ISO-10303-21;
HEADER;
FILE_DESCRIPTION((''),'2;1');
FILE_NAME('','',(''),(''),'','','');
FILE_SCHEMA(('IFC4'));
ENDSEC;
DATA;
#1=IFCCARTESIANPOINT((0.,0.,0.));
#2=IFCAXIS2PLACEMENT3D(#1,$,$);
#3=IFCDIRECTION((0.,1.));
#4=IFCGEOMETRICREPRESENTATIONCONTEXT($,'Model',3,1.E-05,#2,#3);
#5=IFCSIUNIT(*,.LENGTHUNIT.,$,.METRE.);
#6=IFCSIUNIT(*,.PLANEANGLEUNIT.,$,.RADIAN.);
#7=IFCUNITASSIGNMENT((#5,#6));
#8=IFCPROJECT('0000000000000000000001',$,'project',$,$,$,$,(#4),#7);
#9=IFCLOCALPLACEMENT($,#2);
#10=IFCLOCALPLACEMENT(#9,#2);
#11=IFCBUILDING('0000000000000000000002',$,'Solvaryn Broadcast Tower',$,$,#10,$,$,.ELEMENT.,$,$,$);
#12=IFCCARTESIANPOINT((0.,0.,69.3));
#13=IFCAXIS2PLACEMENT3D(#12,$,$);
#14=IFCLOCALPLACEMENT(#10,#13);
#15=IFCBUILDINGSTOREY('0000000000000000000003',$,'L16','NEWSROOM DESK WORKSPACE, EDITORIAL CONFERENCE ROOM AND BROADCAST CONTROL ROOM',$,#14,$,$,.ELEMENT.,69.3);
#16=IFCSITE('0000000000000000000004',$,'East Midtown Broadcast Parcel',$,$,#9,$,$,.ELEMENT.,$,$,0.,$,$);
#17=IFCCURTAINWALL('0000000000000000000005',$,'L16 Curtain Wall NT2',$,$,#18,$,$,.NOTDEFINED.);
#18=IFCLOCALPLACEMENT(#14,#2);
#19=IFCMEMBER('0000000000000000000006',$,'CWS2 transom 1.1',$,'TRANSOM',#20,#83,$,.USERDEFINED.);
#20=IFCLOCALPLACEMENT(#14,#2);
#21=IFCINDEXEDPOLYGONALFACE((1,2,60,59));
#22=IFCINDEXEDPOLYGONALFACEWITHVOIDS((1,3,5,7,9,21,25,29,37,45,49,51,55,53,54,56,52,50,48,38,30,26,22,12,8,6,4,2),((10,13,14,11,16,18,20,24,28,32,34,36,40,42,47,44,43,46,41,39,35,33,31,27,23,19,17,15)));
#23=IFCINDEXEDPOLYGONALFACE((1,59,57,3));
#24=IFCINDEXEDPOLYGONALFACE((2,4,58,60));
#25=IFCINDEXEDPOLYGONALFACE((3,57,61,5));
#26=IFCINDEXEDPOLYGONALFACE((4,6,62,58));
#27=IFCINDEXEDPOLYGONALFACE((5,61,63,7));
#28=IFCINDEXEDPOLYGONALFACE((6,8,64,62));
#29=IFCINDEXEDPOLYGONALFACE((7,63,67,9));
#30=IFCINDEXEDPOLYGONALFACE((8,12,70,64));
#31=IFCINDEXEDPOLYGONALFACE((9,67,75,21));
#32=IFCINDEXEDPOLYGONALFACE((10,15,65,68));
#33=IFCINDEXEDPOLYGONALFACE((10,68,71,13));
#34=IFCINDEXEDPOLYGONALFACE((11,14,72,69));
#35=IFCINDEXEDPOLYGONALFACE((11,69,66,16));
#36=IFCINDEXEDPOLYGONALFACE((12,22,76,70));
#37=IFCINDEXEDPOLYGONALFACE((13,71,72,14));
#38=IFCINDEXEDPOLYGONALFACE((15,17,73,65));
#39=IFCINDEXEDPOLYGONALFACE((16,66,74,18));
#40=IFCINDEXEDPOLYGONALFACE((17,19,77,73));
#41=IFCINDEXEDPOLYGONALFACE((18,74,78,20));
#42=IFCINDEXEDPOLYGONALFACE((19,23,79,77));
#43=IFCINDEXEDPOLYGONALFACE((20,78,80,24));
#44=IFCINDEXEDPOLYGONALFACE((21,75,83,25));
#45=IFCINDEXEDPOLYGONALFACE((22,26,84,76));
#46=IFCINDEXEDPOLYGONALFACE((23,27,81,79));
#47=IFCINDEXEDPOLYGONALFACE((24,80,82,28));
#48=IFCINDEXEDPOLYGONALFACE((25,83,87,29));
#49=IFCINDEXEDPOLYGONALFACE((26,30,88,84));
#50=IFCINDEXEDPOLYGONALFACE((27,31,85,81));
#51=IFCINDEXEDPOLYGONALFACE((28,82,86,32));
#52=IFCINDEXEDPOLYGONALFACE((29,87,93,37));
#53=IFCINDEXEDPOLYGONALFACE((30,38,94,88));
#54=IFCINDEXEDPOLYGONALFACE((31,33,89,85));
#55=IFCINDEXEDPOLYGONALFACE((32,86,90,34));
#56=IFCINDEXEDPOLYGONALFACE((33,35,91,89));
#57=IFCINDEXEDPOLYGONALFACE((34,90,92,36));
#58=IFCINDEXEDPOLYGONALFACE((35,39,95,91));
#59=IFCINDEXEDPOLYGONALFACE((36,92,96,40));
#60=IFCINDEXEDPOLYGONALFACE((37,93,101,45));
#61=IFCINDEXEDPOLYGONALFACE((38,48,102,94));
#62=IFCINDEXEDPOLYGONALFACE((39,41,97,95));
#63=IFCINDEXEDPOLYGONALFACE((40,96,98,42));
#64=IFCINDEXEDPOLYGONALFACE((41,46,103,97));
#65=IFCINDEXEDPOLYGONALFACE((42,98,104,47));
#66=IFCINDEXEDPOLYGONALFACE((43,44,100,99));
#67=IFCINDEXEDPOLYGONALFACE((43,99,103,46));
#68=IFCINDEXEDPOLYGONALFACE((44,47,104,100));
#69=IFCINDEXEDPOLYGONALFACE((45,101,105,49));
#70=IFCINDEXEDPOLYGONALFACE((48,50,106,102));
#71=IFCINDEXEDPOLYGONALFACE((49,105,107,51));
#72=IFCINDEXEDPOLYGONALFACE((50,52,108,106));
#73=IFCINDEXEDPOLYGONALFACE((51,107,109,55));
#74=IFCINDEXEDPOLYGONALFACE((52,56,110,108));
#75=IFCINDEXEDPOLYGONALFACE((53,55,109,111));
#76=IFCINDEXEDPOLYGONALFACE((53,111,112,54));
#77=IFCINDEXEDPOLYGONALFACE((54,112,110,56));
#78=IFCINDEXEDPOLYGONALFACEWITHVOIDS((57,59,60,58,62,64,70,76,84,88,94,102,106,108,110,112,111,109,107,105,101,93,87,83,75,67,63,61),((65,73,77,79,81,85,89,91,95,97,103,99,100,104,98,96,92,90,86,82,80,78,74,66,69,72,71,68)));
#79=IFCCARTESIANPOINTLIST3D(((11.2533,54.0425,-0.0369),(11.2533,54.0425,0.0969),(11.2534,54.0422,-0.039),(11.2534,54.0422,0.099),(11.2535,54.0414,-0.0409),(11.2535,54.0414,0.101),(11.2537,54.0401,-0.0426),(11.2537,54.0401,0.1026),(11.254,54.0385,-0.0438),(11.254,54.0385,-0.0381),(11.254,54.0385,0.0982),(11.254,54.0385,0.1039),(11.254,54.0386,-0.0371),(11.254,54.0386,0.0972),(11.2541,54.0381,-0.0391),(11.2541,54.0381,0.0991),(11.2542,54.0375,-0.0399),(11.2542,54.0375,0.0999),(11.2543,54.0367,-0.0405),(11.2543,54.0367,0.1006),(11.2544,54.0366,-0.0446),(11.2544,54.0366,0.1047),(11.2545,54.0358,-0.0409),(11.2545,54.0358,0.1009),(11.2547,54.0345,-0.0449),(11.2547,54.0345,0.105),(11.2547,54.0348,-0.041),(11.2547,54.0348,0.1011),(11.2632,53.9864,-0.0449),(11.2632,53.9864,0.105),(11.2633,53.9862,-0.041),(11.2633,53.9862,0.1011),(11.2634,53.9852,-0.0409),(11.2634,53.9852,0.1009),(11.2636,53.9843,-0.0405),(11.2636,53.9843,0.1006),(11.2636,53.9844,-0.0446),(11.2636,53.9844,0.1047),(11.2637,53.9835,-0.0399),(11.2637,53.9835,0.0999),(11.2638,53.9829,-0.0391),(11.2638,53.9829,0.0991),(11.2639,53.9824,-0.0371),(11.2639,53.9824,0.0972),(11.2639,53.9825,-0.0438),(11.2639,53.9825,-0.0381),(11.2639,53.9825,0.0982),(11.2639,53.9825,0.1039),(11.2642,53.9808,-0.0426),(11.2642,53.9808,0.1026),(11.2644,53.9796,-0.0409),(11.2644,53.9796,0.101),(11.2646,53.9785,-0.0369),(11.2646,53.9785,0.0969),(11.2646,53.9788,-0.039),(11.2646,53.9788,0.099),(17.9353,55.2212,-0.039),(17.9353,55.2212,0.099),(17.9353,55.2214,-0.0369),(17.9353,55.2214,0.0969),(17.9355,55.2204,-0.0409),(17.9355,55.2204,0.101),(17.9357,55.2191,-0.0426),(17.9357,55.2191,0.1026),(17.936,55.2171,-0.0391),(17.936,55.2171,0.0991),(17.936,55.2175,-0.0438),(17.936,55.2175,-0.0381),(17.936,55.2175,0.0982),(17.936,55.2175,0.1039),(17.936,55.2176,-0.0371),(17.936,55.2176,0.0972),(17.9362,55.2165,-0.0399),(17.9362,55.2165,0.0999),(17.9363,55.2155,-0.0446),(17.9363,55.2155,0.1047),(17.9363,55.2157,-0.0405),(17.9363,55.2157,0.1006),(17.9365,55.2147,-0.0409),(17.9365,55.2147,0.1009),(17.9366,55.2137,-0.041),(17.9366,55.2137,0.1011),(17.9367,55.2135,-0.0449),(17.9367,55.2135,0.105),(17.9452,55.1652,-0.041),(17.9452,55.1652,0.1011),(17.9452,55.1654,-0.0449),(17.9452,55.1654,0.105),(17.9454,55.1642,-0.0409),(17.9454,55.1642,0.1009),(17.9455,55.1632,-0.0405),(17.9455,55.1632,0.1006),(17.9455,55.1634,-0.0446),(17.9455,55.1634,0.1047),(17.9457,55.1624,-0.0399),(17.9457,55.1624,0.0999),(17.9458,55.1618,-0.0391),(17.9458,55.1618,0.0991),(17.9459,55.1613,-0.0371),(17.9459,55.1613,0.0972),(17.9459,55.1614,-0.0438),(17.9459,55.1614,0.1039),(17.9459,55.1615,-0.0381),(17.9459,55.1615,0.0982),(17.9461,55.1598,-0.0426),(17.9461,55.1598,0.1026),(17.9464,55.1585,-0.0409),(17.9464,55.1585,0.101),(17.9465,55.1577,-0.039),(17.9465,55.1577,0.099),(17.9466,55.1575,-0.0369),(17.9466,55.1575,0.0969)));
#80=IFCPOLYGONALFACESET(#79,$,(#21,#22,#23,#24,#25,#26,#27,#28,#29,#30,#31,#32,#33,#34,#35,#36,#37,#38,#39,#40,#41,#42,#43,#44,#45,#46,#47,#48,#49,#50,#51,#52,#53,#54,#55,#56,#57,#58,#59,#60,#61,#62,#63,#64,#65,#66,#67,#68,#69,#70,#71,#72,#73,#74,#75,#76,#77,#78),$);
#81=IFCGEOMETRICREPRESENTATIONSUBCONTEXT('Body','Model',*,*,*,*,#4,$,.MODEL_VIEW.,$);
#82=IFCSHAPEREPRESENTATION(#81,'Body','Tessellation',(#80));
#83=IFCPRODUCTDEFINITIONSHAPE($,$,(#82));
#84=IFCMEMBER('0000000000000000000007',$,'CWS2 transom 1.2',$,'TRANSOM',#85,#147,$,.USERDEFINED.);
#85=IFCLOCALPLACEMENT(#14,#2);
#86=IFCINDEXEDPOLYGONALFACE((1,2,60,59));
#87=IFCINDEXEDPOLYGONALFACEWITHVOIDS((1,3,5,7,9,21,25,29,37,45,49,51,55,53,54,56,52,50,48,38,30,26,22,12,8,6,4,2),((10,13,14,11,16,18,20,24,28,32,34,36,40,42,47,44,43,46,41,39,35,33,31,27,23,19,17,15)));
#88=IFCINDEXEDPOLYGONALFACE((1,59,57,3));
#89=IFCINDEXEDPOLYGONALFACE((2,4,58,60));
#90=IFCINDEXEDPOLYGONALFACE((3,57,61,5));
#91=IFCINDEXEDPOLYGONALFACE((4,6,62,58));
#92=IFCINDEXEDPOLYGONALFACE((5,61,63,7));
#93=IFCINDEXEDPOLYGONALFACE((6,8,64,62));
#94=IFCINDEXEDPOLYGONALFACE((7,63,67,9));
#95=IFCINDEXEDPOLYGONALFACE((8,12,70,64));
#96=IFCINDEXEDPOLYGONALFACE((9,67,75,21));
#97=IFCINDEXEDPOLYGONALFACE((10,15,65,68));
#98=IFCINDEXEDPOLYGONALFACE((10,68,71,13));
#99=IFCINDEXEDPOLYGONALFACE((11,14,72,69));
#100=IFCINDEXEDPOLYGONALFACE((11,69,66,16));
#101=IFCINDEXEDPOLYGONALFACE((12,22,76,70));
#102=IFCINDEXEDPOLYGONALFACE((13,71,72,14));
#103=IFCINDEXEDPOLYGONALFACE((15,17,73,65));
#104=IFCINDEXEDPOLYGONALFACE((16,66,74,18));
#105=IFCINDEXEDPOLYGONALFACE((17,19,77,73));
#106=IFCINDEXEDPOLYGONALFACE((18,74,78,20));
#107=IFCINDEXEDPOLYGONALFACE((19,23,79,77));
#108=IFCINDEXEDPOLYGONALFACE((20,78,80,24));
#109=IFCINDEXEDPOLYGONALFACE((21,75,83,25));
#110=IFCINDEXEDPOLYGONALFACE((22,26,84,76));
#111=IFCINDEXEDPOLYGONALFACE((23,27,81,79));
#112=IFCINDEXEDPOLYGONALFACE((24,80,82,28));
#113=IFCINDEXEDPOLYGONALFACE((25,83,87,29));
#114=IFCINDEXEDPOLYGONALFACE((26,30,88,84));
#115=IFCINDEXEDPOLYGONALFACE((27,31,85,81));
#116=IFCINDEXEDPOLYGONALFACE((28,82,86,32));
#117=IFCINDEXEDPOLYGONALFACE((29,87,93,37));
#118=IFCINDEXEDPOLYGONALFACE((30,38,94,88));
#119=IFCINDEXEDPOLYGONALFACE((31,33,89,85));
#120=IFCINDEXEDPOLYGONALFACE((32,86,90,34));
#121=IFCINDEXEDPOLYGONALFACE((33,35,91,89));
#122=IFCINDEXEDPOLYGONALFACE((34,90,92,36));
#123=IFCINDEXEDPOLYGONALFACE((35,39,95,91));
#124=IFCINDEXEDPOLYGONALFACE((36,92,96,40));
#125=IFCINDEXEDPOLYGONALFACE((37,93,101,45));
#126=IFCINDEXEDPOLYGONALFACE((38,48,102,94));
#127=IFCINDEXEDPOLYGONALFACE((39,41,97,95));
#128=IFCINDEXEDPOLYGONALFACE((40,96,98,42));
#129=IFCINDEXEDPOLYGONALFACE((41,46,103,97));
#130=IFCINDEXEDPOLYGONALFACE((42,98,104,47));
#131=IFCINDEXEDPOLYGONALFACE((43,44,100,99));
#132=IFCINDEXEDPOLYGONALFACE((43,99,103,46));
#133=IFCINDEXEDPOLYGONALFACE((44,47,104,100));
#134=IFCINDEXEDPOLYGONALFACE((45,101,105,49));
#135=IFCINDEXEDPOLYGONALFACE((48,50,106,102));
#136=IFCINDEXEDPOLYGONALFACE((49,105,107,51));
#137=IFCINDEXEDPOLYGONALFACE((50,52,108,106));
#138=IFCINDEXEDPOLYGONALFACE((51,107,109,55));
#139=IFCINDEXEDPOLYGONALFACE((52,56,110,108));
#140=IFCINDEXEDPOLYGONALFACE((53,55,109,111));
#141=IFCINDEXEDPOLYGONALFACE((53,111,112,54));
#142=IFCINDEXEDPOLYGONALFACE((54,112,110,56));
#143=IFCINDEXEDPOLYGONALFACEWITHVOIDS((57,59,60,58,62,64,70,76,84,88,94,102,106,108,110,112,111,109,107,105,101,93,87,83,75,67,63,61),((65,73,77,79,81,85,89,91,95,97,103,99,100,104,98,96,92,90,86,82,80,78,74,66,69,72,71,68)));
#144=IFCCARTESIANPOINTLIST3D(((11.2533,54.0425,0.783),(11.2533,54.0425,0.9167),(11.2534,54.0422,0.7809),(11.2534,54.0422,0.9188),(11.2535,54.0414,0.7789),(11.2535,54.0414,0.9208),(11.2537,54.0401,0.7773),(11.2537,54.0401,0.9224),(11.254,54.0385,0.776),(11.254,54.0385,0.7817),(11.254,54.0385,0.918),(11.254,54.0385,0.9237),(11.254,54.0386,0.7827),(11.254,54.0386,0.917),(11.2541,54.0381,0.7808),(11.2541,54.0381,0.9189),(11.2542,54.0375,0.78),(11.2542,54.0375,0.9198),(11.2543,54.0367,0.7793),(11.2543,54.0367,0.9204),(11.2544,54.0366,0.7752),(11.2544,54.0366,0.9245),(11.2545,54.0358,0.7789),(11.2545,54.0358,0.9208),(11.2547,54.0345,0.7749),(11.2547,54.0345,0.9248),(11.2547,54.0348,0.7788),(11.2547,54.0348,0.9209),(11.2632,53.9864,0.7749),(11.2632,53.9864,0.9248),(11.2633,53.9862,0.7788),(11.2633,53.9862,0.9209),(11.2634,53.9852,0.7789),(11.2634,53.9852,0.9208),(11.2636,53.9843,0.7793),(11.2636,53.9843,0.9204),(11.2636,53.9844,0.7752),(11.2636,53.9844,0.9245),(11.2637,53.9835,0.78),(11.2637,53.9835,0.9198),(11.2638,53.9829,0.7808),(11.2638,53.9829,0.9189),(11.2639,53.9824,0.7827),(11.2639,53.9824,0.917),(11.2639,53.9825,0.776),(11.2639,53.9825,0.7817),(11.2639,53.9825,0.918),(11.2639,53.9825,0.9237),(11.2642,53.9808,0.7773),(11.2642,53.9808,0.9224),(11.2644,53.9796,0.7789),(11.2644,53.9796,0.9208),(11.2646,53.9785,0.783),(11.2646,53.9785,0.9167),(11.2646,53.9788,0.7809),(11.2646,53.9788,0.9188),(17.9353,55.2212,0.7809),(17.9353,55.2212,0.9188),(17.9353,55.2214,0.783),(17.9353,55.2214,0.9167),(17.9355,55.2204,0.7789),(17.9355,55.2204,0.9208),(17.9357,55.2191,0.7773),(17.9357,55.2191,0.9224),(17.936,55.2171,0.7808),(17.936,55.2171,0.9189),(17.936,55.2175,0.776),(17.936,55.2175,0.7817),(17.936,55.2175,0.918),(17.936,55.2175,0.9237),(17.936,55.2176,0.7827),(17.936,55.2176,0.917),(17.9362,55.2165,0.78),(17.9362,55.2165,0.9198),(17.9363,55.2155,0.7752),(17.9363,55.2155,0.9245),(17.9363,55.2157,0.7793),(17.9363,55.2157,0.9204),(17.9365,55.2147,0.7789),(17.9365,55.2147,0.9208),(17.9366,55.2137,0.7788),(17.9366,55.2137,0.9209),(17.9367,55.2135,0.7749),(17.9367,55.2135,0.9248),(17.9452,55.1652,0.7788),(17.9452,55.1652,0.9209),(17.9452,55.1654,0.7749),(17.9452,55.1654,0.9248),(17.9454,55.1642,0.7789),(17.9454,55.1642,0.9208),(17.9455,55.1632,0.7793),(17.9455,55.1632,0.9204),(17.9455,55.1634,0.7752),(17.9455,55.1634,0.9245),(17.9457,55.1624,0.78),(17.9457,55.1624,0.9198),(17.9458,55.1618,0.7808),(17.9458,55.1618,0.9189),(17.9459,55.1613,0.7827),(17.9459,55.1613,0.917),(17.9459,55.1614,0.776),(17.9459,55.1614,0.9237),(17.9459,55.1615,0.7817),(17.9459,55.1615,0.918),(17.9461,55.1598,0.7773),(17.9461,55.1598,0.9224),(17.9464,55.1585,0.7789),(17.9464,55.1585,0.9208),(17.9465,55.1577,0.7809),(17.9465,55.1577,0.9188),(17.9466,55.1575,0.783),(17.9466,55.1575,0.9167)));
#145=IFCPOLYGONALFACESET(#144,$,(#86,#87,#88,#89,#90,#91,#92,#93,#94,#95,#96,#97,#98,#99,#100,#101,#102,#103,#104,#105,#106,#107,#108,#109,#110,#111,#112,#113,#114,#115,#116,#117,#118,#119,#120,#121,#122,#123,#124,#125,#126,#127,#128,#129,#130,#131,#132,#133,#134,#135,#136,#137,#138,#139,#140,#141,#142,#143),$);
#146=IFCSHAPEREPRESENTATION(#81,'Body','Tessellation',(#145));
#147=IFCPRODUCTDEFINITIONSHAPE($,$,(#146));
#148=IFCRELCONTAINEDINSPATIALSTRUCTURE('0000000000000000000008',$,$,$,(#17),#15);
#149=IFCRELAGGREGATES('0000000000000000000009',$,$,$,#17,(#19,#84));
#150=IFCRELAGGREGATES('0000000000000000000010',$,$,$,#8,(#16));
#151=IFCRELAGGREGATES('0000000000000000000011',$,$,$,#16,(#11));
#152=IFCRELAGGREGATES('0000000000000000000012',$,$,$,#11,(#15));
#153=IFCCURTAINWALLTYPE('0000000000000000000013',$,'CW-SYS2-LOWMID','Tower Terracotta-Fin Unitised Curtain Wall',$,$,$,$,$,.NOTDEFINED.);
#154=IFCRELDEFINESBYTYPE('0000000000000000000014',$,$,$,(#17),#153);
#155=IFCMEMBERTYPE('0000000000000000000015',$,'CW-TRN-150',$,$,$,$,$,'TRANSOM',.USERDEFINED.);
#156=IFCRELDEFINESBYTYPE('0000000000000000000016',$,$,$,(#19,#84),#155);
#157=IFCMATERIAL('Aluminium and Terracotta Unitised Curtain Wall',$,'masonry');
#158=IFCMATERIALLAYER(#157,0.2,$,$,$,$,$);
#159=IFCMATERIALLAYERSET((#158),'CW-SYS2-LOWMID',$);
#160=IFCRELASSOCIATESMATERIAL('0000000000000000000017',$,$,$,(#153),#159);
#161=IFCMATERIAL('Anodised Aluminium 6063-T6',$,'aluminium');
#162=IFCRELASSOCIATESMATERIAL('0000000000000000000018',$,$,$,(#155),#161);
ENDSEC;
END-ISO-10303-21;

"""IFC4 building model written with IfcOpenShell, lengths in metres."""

from ifc_helpers import new_model, si_unit, direction, frame, origin, origin_2d, place, context, subcontext, project, spatial, hollow_rectangle, extrude, material, layer, layer_set, material_profile, profile_set, type_object, element, aggregate, save


model = new_model("IFC4")

# Units and contexts
model_context = context("Model", 3, precision=1e-05, world=origin(), true_north=direction((0.0, 1.0)))
body_context = subcontext(model_context, "Body", "Model", "MODEL_VIEW")
ifc_project = project(units=[si_unit("LENGTHUNIT", "METRE"), si_unit("PLANEANGLEUNIT", "RADIAN")], contexts=[model_context])

# Site, building, storey
site_placement = place(None, origin())
site = spatial("IfcSite", under=ifc_project, at=site_placement, Name="East Midtown Broadcast Parcel", CompositionType="ELEMENT", RefElevation=0.0)
building_placement = place(site_placement, origin())
building = spatial("IfcBuilding", under=site, at=building_placement, Name="Solvaryn Broadcast Tower", CompositionType="ELEMENT")
storey_placement = place(building_placement, frame((0.0, 0.0, 69.3)))
storey = spatial("IfcBuildingStorey", under=building, at=storey_placement, Name="L16", Description="NEWSROOM DESK WORKSPACE, EDITORIAL CONFERENCE ROOM AND BROADCAST CONTROL ROOM", CompositionType="ELEMENT", Elevation=69.3)

# Curtain wall
ifc_material_1 = material(Name="Aluminium and Terracotta Unitised Curtain Wall", Category="masonry")
ifc_layer_1 = layer(ifc_material_1, 0.2)
ifc_layer_set_1 = layer_set([ifc_layer_1], Name="CW-SYS2-LOWMID")
curtain_wall_type = type_object("IfcCurtainWallType", Name="CW-SYS2-LOWMID", Description="Tower Terracotta-Fin Unitised Curtain Wall", PredefinedType="NOTDEFINED", material=ifc_layer_set_1)
curtain_wall_1_placement = place(storey_placement, origin())
curtain_wall_1 = element("IfcCurtainWall", 1, at=curtain_wall_1_placement, inside=storey, type_object=curtain_wall_type, Name="L16 Curtain Wall NT2", PredefinedType="NOTDEFINED")

# Members
ifc_material_2 = material(Name="Anodised Aluminium 6063-T6", Category="aluminium")
ifc_material_profile_1 = material_profile(ifc_material_2, hollow_rectangle(XDim=0.0649, YDim=0.1499, WallThickness=0.0039, InnerFilletRadius=0.0039, OuterFilletRadius=0.0081, at=origin_2d()))
ifc_profile_set_1 = profile_set([ifc_material_profile_1], Name="Anodised Aluminium 6063-T6")
member_type_1 = type_object("IfcMemberType", Name="CW-TRN-150", ElementType="TRANSOM", PredefinedType="USERDEFINED", material=ifc_profile_set_1)
member_1_placement = place(storey_placement, frame((17.9409, 55.1895, 0.03), z_axis=(-0.984789, -0.173757, 0.0), x_axis=(0.173757, -0.984789, 0.0)))
member_1 = element("IfcMember", 2, at=member_1_placement, type_object=member_type_1, Name="CWS2 transom 1.1", ObjectType="TRANSOM", PredefinedType="USERDEFINED", context=body_context, shape_type="SweptSolid", body=[
    extrude(hollow_rectangle(XDim=0.0649, YDim=0.1499, WallThickness=0.0039, InnerFilletRadius=0.0039, OuterFilletRadius=0.0081, at=origin_2d()), origin(), (0.0, 0.0, 1.0), 6.7852),
])
member_2_placement = place(storey_placement, frame((17.9409, 55.1895, 0.8499), z_axis=(-0.984789, -0.173757, 0.0), x_axis=(0.173757, -0.984789, 0.0)))
member_2 = element("IfcMember", 3, at=member_2_placement, type_object=member_type_1, Name="CWS2 transom 1.2", ObjectType="TRANSOM", PredefinedType="USERDEFINED", context=body_context, shape_type="SweptSolid", body=[
    extrude(hollow_rectangle(XDim=0.0649, YDim=0.1499, WallThickness=0.0039, InnerFilletRadius=0.0039, OuterFilletRadius=0.0081, at=origin_2d()), origin(), (0.0, 0.0, 1.0), 6.7852),
])

aggregate(curtain_wall_1, [member_1, member_2])

save(model, "model.ifc")
